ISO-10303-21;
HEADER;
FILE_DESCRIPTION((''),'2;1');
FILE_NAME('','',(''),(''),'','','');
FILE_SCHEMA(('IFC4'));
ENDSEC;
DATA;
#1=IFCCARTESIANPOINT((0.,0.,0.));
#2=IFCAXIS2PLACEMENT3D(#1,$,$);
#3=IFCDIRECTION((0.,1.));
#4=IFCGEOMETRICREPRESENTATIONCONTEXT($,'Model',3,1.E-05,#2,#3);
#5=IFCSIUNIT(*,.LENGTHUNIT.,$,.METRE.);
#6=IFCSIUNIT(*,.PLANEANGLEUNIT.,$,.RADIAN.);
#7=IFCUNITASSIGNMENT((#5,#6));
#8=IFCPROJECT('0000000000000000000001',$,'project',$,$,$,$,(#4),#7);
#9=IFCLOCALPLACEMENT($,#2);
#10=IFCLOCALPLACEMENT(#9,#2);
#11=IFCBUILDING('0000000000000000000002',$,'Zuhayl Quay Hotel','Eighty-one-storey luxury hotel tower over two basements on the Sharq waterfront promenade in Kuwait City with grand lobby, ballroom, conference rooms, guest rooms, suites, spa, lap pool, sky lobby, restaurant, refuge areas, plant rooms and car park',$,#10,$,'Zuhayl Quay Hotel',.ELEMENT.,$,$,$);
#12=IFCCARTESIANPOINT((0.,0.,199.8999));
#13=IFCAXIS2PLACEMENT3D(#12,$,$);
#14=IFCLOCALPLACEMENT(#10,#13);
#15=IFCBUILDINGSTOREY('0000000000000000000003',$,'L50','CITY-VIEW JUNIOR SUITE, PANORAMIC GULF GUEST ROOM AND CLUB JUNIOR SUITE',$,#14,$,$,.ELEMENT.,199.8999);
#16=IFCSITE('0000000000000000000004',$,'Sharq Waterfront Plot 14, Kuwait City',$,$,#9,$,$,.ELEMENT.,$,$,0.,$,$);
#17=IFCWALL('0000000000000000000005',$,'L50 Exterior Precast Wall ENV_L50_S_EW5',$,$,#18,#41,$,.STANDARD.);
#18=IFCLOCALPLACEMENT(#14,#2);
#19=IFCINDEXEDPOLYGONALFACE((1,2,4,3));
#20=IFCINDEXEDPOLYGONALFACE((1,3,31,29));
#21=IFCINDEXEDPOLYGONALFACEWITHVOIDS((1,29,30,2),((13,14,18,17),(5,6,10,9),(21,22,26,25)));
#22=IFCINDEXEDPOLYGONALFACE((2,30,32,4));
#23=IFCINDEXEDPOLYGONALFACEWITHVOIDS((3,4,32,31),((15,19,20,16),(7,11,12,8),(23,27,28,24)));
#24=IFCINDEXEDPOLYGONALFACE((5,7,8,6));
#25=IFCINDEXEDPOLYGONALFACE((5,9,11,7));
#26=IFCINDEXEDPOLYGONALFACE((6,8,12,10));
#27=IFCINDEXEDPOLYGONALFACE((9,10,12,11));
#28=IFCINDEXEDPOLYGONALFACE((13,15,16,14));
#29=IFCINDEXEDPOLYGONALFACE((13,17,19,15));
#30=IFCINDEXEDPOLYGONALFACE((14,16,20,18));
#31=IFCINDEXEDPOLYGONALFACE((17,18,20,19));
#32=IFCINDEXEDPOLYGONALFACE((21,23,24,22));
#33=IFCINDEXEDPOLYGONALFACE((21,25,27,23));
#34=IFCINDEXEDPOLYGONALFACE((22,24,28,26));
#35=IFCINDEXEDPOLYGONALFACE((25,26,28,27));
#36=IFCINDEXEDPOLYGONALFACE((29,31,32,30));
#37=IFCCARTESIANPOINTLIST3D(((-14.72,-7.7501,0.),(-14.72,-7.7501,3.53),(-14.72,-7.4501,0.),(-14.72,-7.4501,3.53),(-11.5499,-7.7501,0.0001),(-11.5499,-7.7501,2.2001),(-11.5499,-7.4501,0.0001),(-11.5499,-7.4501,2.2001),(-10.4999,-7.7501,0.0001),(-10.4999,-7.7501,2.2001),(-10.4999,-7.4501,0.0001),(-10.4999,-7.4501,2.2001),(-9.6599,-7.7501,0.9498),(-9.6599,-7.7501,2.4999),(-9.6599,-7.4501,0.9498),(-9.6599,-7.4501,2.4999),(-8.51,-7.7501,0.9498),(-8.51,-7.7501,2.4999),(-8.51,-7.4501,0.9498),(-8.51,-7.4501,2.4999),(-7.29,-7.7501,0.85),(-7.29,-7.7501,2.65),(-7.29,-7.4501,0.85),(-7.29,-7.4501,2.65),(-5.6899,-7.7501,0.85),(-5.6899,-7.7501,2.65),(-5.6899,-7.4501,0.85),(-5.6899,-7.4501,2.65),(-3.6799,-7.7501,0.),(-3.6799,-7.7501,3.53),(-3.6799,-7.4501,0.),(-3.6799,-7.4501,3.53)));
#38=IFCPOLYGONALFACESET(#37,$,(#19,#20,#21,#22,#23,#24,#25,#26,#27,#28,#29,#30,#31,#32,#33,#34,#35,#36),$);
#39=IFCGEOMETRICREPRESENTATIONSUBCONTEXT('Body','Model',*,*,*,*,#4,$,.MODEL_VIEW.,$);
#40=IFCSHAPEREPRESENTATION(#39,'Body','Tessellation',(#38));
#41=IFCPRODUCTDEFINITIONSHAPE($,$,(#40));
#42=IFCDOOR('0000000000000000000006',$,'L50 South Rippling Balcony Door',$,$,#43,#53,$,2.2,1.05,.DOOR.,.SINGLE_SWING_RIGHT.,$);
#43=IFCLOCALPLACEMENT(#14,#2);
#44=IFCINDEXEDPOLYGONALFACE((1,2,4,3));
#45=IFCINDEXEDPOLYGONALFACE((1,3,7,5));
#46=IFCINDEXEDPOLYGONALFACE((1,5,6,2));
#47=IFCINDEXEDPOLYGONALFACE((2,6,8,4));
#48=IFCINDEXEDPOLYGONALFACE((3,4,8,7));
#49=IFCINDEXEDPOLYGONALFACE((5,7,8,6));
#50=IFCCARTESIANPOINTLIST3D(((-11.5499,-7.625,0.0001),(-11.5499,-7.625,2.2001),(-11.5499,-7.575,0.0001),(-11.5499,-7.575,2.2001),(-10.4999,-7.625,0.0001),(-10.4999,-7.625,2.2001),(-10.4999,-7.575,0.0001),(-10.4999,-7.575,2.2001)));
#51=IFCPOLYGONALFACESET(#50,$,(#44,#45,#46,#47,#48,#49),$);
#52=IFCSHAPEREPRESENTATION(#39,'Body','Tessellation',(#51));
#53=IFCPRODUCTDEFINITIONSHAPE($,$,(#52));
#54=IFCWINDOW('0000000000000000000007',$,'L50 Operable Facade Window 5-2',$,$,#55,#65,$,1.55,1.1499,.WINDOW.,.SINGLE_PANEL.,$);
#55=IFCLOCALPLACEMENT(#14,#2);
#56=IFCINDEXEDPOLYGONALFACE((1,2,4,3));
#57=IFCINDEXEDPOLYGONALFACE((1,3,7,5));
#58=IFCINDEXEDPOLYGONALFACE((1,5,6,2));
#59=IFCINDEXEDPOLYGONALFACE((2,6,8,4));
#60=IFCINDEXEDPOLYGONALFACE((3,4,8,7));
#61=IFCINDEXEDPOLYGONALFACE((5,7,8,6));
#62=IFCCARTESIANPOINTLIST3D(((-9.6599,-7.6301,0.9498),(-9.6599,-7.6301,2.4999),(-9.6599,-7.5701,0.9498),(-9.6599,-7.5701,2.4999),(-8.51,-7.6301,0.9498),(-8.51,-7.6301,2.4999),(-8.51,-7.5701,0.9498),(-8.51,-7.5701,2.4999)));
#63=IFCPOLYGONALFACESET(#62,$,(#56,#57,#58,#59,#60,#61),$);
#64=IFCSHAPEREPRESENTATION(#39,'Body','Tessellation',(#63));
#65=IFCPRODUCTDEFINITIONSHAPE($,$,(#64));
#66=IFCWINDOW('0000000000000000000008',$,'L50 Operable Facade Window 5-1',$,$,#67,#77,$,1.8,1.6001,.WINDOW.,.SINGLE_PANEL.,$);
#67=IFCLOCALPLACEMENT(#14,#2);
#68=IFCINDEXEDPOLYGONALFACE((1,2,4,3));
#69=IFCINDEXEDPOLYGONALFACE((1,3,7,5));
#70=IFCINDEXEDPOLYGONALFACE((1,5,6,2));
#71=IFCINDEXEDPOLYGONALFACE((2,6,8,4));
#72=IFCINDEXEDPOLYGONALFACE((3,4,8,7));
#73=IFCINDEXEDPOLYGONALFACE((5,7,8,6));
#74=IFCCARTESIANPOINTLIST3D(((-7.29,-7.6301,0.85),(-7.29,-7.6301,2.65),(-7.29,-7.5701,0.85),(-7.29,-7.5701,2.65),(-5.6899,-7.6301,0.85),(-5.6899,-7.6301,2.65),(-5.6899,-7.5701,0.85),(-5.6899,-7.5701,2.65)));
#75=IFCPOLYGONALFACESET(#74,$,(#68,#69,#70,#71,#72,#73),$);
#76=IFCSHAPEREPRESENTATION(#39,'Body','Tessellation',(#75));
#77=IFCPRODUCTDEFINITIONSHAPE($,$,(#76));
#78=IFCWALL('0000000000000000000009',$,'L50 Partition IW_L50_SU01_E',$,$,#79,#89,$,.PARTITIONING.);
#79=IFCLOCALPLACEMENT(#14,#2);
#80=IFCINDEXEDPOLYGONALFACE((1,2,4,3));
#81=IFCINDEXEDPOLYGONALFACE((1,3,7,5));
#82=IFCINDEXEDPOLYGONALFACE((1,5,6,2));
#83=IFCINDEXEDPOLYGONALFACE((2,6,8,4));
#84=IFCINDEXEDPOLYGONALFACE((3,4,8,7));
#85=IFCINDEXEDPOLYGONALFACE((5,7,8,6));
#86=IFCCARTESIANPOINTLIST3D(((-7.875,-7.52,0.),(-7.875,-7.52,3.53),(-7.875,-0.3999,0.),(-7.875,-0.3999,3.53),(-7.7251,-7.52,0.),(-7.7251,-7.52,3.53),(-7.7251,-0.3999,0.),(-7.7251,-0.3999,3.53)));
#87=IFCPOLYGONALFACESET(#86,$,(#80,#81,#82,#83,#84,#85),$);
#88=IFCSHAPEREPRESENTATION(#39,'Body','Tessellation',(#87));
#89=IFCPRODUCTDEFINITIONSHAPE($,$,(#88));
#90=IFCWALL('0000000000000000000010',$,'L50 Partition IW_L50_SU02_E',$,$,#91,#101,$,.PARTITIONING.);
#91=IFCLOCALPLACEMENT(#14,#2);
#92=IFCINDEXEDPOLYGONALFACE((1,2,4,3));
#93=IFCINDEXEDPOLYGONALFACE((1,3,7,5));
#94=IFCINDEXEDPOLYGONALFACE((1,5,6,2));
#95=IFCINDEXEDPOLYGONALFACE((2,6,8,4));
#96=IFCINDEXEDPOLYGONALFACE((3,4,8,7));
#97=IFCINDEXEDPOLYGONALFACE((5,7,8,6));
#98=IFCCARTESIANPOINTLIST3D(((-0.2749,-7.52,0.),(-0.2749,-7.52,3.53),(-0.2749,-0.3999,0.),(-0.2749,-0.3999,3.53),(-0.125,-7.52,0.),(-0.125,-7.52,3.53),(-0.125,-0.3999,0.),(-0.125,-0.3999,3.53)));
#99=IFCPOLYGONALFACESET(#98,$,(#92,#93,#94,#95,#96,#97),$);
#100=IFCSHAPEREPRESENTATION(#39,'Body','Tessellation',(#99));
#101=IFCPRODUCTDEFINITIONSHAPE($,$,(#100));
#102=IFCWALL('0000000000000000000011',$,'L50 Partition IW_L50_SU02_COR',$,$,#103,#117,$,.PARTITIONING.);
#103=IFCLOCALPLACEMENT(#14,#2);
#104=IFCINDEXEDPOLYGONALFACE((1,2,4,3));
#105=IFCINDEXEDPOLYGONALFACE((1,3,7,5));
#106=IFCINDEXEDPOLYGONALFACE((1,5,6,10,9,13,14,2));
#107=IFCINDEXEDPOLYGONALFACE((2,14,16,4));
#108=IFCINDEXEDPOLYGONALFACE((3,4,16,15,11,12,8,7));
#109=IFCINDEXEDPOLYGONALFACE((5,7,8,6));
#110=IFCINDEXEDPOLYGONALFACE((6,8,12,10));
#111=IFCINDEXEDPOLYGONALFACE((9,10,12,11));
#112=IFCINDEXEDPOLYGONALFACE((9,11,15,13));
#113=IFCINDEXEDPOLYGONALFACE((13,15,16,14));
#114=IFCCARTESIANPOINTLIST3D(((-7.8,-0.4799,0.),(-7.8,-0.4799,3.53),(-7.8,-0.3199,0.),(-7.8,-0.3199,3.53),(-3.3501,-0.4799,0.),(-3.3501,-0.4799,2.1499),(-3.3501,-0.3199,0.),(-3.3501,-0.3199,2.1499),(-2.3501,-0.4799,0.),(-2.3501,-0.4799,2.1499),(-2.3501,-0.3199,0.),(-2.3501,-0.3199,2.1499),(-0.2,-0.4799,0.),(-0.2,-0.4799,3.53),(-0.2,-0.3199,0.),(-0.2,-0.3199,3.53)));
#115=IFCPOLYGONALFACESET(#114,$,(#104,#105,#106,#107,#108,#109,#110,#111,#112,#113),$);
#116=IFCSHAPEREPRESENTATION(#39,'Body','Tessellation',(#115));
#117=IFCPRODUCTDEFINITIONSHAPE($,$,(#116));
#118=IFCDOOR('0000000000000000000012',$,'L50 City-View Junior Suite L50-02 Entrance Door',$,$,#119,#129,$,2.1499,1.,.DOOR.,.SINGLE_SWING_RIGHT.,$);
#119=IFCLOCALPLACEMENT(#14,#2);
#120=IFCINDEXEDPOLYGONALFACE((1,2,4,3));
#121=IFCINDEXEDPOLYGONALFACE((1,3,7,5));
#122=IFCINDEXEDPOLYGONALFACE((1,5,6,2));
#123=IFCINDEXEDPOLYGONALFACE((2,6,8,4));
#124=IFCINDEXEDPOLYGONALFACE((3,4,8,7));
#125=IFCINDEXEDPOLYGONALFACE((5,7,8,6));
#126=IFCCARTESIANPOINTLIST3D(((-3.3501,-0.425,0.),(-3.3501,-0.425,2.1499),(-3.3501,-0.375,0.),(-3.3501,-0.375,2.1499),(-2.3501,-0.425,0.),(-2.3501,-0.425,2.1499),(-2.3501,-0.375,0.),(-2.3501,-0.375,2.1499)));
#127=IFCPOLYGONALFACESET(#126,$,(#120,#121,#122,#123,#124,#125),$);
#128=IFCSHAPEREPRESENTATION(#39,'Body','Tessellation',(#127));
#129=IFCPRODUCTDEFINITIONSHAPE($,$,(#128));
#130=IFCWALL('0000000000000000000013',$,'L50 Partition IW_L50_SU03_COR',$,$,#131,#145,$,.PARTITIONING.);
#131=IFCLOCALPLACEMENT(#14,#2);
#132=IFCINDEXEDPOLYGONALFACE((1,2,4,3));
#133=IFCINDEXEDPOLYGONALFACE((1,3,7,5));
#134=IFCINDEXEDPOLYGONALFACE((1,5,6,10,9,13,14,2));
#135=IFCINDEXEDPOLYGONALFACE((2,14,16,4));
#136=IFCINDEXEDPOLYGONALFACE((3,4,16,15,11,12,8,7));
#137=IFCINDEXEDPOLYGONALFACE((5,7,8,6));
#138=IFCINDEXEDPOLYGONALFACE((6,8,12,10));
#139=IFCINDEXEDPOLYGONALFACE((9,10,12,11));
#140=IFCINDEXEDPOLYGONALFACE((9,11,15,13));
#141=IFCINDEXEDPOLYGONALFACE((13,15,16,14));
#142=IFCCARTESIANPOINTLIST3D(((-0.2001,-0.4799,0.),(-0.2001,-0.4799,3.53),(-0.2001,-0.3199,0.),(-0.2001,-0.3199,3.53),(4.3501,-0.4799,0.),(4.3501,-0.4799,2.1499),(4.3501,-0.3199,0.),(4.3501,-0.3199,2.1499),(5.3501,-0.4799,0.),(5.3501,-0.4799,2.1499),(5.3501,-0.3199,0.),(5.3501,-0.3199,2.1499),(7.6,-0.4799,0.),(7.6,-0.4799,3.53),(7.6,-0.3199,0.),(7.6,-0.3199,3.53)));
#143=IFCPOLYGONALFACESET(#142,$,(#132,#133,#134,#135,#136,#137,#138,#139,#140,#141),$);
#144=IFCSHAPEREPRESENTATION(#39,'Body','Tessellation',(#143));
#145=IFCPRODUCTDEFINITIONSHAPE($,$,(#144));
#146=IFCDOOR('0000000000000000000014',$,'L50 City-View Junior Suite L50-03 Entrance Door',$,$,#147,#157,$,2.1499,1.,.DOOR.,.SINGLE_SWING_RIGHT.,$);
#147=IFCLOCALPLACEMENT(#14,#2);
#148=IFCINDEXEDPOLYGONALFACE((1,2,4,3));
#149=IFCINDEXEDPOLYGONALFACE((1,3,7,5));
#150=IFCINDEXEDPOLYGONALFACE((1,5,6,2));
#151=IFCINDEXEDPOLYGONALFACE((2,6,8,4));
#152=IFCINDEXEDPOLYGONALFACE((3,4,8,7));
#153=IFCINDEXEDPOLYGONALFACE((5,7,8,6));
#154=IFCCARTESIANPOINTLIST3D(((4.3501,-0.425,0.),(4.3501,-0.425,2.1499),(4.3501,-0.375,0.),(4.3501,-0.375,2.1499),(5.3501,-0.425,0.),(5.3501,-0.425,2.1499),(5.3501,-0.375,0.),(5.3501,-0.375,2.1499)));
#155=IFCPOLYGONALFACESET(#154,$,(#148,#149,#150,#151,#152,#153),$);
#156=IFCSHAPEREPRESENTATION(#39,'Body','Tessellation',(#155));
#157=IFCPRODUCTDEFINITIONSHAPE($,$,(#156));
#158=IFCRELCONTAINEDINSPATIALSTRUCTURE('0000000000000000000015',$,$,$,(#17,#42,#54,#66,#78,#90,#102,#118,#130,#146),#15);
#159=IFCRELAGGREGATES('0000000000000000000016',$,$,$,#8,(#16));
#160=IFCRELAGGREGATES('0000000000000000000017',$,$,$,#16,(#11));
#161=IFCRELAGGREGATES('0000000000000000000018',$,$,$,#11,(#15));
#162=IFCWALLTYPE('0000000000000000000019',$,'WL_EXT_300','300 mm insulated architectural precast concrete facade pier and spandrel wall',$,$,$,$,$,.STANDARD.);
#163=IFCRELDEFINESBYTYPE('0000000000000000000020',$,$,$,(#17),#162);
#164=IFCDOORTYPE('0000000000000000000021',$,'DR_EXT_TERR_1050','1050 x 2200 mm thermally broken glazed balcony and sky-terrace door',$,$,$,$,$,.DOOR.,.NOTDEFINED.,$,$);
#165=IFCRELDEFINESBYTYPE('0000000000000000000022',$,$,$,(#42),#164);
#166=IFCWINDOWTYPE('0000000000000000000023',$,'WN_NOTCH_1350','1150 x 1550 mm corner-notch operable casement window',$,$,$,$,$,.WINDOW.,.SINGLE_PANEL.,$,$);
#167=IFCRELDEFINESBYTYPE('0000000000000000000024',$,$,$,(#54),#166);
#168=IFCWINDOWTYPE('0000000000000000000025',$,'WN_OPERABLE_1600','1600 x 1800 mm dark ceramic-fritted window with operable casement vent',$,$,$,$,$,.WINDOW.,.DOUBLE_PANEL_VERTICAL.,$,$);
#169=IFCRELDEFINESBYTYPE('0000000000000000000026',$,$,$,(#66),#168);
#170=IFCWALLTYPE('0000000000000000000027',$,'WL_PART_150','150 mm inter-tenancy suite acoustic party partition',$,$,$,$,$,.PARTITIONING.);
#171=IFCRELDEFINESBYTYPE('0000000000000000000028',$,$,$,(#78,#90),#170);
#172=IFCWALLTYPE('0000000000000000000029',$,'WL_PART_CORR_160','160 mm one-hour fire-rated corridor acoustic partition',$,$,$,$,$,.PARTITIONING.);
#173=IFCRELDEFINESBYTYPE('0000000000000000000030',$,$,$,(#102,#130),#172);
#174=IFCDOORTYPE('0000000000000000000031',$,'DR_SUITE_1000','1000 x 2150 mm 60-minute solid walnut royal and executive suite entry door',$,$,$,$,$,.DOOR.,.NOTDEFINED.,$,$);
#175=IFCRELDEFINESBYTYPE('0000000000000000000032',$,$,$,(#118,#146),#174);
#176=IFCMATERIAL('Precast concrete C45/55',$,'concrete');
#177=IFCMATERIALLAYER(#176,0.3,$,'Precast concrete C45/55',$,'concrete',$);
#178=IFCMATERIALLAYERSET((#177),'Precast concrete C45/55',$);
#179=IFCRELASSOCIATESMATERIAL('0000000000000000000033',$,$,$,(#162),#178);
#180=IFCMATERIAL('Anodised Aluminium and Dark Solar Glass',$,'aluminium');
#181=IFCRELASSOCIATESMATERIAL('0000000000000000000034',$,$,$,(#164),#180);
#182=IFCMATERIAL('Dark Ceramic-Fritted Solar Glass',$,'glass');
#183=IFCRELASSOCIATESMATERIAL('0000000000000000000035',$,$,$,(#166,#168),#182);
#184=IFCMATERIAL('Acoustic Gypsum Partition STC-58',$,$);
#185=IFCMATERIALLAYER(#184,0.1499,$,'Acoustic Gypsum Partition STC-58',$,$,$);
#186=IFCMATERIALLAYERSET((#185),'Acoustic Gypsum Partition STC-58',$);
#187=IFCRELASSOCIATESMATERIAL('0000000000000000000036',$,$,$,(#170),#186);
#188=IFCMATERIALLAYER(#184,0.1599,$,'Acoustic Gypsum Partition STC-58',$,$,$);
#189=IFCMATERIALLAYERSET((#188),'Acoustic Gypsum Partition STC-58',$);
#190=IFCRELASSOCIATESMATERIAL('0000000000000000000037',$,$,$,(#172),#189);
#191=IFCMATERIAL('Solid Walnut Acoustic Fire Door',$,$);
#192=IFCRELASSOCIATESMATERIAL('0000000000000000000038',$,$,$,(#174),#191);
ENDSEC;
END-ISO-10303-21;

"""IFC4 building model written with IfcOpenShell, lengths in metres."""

from ifc_helpers import new_model, si_unit, direction, frame, frame_2d, origin, place, context, subcontext, project, spatial, rectangle, extrude, material, layer, layer_set, type_object, element, fill, save


model = new_model("IFC4")

# Units and contexts
model_context = context("Model", 3, precision=1e-05, world=origin(), true_north=direction((0.0, 1.0)))
body_context = subcontext(model_context, "Body", "Model", "MODEL_VIEW")
ifc_project = project(units=[si_unit("LENGTHUNIT", "METRE"), si_unit("PLANEANGLEUNIT", "RADIAN")], contexts=[model_context])

# Site, building, storey
site_placement = place(None, origin())
site = spatial("IfcSite", under=ifc_project, at=site_placement, Name="Sharq Waterfront Plot 14, Kuwait City", CompositionType="ELEMENT", RefElevation=0.0)
building_placement = place(site_placement, origin())
building = spatial("IfcBuilding", under=site, at=building_placement, Name="Zuhayl Quay Hotel", Description="Eighty-one-storey luxury hotel tower over two basements on the Sharq waterfront promenade in Kuwait City with grand lobby, ballroom, conference rooms, guest rooms, suites, spa, lap pool, sky lobby, restaurant, refuge areas, plant rooms and car park", LongName="Zuhayl Quay Hotel", CompositionType="ELEMENT")
storey_placement = place(building_placement, frame((0.0, 0.0, 199.8999)))
storey = spatial("IfcBuildingStorey", under=building, at=storey_placement, Name="L50", Description="CITY-VIEW JUNIOR SUITE, PANORAMIC GULF GUEST ROOM AND CLUB JUNIOR SUITE", CompositionType="ELEMENT", Elevation=199.8999)

# Shared definitions
ifc_material_1 = material(Name="Dark Ceramic-Fritted Solar Glass", Category="glass")

# Wall, openings, door, windows
ifc_material_2 = material(Name="Precast concrete C45/55", Category="concrete")
ifc_layer_1 = layer(ifc_material_2, 0.3, Name="Precast concrete C45/55", Category="concrete")
ifc_layer_set_1 = layer_set([ifc_layer_1], Name="Precast concrete C45/55")
wall_type_1 = type_object("IfcWallType", Name="WL_EXT_300", Description="300 mm insulated architectural precast concrete facade pier and spandrel wall", PredefinedType="STANDARD", material=ifc_layer_set_1)
wall_1_placement = place(storey_placement, frame((-3.6799, -7.6001, 0.0), z_axis=(0.0, 0.0, 1.0), x_axis=(-1.0, 0.0, 0.0)))
wall_1 = element("IfcWall", 1, at=wall_1_placement, inside=storey, type_object=wall_type_1, Name="L50 Exterior Precast Wall ENV_L50_S_EW5", PredefinedType="STANDARD", context=body_context, shape_type="SweptSolid", body=[
    extrude(rectangle(XDim=11.04, YDim=0.3, at=frame_2d((5.52, 0.0))), origin(), (0.0, 0.0, 1.0), 3.53),
])
opening_1_placement = place(wall_1_placement, frame((6.8201, 0.0, 0.0)))
opening_1 = element("IfcOpeningElement", 2, at=opening_1_placement, cuts=wall_1, PredefinedType="OPENING", context=body_context, shape_type="SweptSolid", body=[
    extrude(rectangle(XDim=1.05, YDim=2.2, at=frame_2d((0.5249, 1.1001))), frame((0.0, 0.1599, 0.0), z_axis=(0.0, -1.0, 0.0), x_axis=(1.0, 0.0, 0.0)), (0.0, 0.0, 1.0), 0.3201),
])
opening_2_placement = place(wall_1_placement, frame((2.01, 0.0, 0.8501)))
opening_2 = element("IfcOpeningElement", 3, at=opening_2_placement, cuts=wall_1, PredefinedType="OPENING", context=body_context, shape_type="SweptSolid", body=[
    extrude(rectangle(XDim=1.6001, YDim=1.8, at=frame_2d((0.8, 0.8999))), frame((0.0, 0.1599, 0.0), z_axis=(0.0, -1.0, 0.0), x_axis=(1.0, 0.0, 0.0)), (0.0, 0.0, 1.0), 0.3201),
])
opening_3_placement = place(wall_1_placement, frame((4.8301, 0.0, 0.95)))
opening_3 = element("IfcOpeningElement", 4, at=opening_3_placement, cuts=wall_1, PredefinedType="OPENING", context=body_context, shape_type="SweptSolid", body=[
    extrude(rectangle(XDim=1.1499, YDim=1.55, at=frame_2d((0.575, 0.7749))), frame((0.0, 0.1599, 0.0), z_axis=(0.0, -1.0, 0.0), x_axis=(1.0, 0.0, 0.0)), (0.0, 0.0, 1.0), 0.3201),
])
ifc_material_3 = material(Name="Anodised Aluminium and Dark Solar Glass", Category="aluminium")
door_type_1 = type_object("IfcDoorType", Name="DR_EXT_TERR_1050", Description="1050 x 2200 mm thermally broken glazed balcony and sky-terrace door", OperationType="NOTDEFINED", PredefinedType="DOOR", material=ifc_material_3)
door_1_placement = place(opening_1_placement, origin())
door_1 = element("IfcDoor", 5, at=door_1_placement, inside=storey, type_object=door_type_1, Name="L50 South Rippling Balcony Door", OperationType="SINGLE_SWING_RIGHT", OverallHeight=2.2, OverallWidth=1.05, PredefinedType="DOOR", context=body_context, shape_type="SweptSolid", body=[
    extrude(rectangle(XDim=1.05, YDim=2.2, at=frame_2d((0.5249, 1.1001))), frame((0.0, 0.0249, 0.0), z_axis=(0.0, -1.0, 0.0), x_axis=(1.0, 0.0, 0.0)), (0.0, 0.0, 1.0), 0.05),
])
fill(opening_1, door_1)
window_type_1 = type_object("IfcWindowType", Name="WN_NOTCH_1350", Description="1150 x 1550 mm corner-notch operable casement window", PartitioningType="SINGLE_PANEL", PredefinedType="WINDOW", material=ifc_material_1)
window_1_placement = place(opening_3_placement, origin())
window_1 = element("IfcWindow", 6, at=window_1_placement, inside=storey, type_object=window_type_1, Name="L50 Operable Facade Window 5-2", OverallHeight=1.55, OverallWidth=1.1499, PartitioningType="SINGLE_PANEL", PredefinedType="WINDOW", context=body_context, shape_type="SweptSolid", body=[
    extrude(rectangle(XDim=1.1499, YDim=1.55, at=frame_2d((0.575, 0.7749))), frame((0.0, 0.03, 0.0), z_axis=(0.0, -1.0, 0.0), x_axis=(1.0, 0.0, 0.0)), (0.0, 0.0, 1.0), 0.0601),
])
fill(opening_3, window_1)
window_type_2 = type_object("IfcWindowType", Name="WN_OPERABLE_1600", Description="1600 x 1800 mm dark ceramic-fritted window with operable casement vent", PartitioningType="DOUBLE_PANEL_VERTICAL", PredefinedType="WINDOW", material=ifc_material_1)
window_2_placement = place(opening_2_placement, origin())
window_2 = element("IfcWindow", 7, at=window_2_placement, inside=storey, type_object=window_type_2, Name="L50 Operable Facade Window 5-1", OverallHeight=1.8, OverallWidth=1.6001, PartitioningType="SINGLE_PANEL", PredefinedType="WINDOW", context=body_context, shape_type="SweptSolid", body=[
    extrude(rectangle(XDim=1.6001, YDim=1.8, at=frame_2d((0.8, 0.8999))), frame((0.0, 0.03, 0.0), z_axis=(0.0, -1.0, 0.0), x_axis=(1.0, 0.0, 0.0)), (0.0, 0.0, 1.0), 0.0601),
])
fill(opening_2, window_2)

# Walls
ifc_material_4 = material(Name="Acoustic Gypsum Partition STC-58")
ifc_layer_2 = layer(ifc_material_4, 0.1499, Name="Acoustic Gypsum Partition STC-58")
ifc_layer_set_2 = layer_set([ifc_layer_2], Name="Acoustic Gypsum Partition STC-58")
wall_type_2 = type_object("IfcWallType", Name="WL_PART_150", Description="150 mm inter-tenancy suite acoustic party partition", PredefinedType="PARTITIONING", material=ifc_layer_set_2)
for number, where, z_axis, x_axis, name in (
    (8, (-7.8, -7.52, 0.0), (0.0, 0.0, 1.0), (0.0, 1.0, 0.0), "L50 Partition IW_L50_SU01_E"),
    (9, (-0.2, -7.52, 0.0), (0.0, 0.0, 1.0), (0.0, 1.0, 0.0), "L50 Partition IW_L50_SU02_E"),
):
    element("IfcWall", number, at=place(storey_placement, frame(where, z_axis=z_axis, x_axis=x_axis)), inside=storey, type_object=wall_type_2, Name=name, PredefinedType="PARTITIONING", context=body_context, shape_type="SweptSolid", body=[
        extrude(rectangle(XDim=7.1201, YDim=0.1499, at=frame_2d((3.5601, 0.0))), origin(), (0.0, 0.0, 1.0), 3.53),
    ])

# Walls, openings, doors
ifc_layer_3 = layer(ifc_material_4, 0.1599, Name="Acoustic Gypsum Partition STC-58")
ifc_layer_set_3 = layer_set([ifc_layer_3], Name="Acoustic Gypsum Partition STC-58")
wall_type_3 = type_object("IfcWallType", Name="WL_PART_CORR_160", Description="160 mm one-hour fire-rated corridor acoustic partition", PredefinedType="PARTITIONING", material=ifc_layer_set_3)
wall_2_placement = place(storey_placement, frame((-7.8, -0.3999, 0.0), z_axis=(0.0, 0.0, 1.0), x_axis=(1.0, 0.0, 0.0)))
wall_2 = element("IfcWall", 10, at=wall_2_placement, inside=storey, type_object=wall_type_3, Name="L50 Partition IW_L50_SU02_COR", PredefinedType="PARTITIONING", context=body_context, shape_type="SweptSolid", body=[
    extrude(rectangle(XDim=7.6001, YDim=0.1599, at=frame_2d((3.8, 0.0))), origin(), (0.0, 0.0, 1.0), 3.53),
])
opening_4_placement = place(wall_2_placement, frame((4.45, 0.0, 0.0)))
opening_4 = element("IfcOpeningElement", 11, at=opening_4_placement, cuts=wall_2, PredefinedType="OPENING", context=body_context, shape_type="SweptSolid", body=[
    extrude(rectangle(XDim=1.0, YDim=2.1499, at=frame_2d((0.5, 1.075))), frame((0.0, 0.0898, 0.0), z_axis=(0.0, -1.0, 0.0), x_axis=(1.0, 0.0, 0.0)), (0.0, 0.0, 1.0), 0.1799),
])
ifc_material_5 = material(Name="Solid Walnut Acoustic Fire Door")
door_type_2 = type_object("IfcDoorType", Name="DR_SUITE_1000", Description="1000 x 2150 mm 60-minute solid walnut royal and executive suite entry door", OperationType="NOTDEFINED", PredefinedType="DOOR", material=ifc_material_5)
door_2_placement = place(opening_4_placement, origin())
door_2 = element("IfcDoor", 12, at=door_2_placement, inside=storey, type_object=door_type_2, Name="L50 City-View Junior Suite L50-02 Entrance Door", OperationType="SINGLE_SWING_RIGHT", OverallHeight=2.1499, OverallWidth=1.0, PredefinedType="DOOR", context=body_context, shape_type="SweptSolid", body=[
    extrude(rectangle(XDim=1.0, YDim=2.1499, at=frame_2d((0.5, 1.075))), frame((0.0, 0.0249, 0.0), z_axis=(0.0, -1.0, 0.0), x_axis=(1.0, 0.0, 0.0)), (0.0, 0.0, 1.0), 0.05),
])
fill(opening_4, door_2)
wall_3_placement = place(storey_placement, frame((-0.2, -0.3999, 0.0), z_axis=(0.0, 0.0, 1.0), x_axis=(1.0, 0.0, 0.0)))
wall_3 = element("IfcWall", 13, at=wall_3_placement, inside=storey, type_object=wall_type_3, Name="L50 Partition IW_L50_SU03_COR", PredefinedType="PARTITIONING", context=body_context, shape_type="SweptSolid", body=[
    extrude(rectangle(XDim=7.8, YDim=0.1599, at=frame_2d((3.8999, 0.0))), origin(), (0.0, 0.0, 1.0), 3.53),
])
opening_5_placement = place(wall_3_placement, frame((4.55, 0.0, 0.0)))
opening_5 = element("IfcOpeningElement", 14, at=opening_5_placement, cuts=wall_3, PredefinedType="OPENING", context=body_context, shape_type="SweptSolid", body=[
    extrude(rectangle(XDim=1.0, YDim=2.1499, at=frame_2d((0.5, 1.075))), frame((0.0, 0.0898, 0.0), z_axis=(0.0, -1.0, 0.0), x_axis=(1.0, 0.0, 0.0)), (0.0, 0.0, 1.0), 0.1799),
])
door_3_placement = place(opening_5_placement, origin())
door_3 = element("IfcDoor", 15, at=door_3_placement, inside=storey, type_object=door_type_2, Name="L50 City-View Junior Suite L50-03 Entrance Door", OperationType="SINGLE_SWING_RIGHT", OverallHeight=2.1499, OverallWidth=1.0, PredefinedType="DOOR", context=body_context, shape_type="SweptSolid", body=[
    extrude(rectangle(XDim=1.0, YDim=2.1499, at=frame_2d((0.5, 1.075))), frame((0.0, 0.0249, 0.0), z_axis=(0.0, -1.0, 0.0), x_axis=(1.0, 0.0, 0.0)), (0.0, 0.0, 1.0), 0.05),
])
fill(opening_5, door_3)

save(model, "model.ifc")
